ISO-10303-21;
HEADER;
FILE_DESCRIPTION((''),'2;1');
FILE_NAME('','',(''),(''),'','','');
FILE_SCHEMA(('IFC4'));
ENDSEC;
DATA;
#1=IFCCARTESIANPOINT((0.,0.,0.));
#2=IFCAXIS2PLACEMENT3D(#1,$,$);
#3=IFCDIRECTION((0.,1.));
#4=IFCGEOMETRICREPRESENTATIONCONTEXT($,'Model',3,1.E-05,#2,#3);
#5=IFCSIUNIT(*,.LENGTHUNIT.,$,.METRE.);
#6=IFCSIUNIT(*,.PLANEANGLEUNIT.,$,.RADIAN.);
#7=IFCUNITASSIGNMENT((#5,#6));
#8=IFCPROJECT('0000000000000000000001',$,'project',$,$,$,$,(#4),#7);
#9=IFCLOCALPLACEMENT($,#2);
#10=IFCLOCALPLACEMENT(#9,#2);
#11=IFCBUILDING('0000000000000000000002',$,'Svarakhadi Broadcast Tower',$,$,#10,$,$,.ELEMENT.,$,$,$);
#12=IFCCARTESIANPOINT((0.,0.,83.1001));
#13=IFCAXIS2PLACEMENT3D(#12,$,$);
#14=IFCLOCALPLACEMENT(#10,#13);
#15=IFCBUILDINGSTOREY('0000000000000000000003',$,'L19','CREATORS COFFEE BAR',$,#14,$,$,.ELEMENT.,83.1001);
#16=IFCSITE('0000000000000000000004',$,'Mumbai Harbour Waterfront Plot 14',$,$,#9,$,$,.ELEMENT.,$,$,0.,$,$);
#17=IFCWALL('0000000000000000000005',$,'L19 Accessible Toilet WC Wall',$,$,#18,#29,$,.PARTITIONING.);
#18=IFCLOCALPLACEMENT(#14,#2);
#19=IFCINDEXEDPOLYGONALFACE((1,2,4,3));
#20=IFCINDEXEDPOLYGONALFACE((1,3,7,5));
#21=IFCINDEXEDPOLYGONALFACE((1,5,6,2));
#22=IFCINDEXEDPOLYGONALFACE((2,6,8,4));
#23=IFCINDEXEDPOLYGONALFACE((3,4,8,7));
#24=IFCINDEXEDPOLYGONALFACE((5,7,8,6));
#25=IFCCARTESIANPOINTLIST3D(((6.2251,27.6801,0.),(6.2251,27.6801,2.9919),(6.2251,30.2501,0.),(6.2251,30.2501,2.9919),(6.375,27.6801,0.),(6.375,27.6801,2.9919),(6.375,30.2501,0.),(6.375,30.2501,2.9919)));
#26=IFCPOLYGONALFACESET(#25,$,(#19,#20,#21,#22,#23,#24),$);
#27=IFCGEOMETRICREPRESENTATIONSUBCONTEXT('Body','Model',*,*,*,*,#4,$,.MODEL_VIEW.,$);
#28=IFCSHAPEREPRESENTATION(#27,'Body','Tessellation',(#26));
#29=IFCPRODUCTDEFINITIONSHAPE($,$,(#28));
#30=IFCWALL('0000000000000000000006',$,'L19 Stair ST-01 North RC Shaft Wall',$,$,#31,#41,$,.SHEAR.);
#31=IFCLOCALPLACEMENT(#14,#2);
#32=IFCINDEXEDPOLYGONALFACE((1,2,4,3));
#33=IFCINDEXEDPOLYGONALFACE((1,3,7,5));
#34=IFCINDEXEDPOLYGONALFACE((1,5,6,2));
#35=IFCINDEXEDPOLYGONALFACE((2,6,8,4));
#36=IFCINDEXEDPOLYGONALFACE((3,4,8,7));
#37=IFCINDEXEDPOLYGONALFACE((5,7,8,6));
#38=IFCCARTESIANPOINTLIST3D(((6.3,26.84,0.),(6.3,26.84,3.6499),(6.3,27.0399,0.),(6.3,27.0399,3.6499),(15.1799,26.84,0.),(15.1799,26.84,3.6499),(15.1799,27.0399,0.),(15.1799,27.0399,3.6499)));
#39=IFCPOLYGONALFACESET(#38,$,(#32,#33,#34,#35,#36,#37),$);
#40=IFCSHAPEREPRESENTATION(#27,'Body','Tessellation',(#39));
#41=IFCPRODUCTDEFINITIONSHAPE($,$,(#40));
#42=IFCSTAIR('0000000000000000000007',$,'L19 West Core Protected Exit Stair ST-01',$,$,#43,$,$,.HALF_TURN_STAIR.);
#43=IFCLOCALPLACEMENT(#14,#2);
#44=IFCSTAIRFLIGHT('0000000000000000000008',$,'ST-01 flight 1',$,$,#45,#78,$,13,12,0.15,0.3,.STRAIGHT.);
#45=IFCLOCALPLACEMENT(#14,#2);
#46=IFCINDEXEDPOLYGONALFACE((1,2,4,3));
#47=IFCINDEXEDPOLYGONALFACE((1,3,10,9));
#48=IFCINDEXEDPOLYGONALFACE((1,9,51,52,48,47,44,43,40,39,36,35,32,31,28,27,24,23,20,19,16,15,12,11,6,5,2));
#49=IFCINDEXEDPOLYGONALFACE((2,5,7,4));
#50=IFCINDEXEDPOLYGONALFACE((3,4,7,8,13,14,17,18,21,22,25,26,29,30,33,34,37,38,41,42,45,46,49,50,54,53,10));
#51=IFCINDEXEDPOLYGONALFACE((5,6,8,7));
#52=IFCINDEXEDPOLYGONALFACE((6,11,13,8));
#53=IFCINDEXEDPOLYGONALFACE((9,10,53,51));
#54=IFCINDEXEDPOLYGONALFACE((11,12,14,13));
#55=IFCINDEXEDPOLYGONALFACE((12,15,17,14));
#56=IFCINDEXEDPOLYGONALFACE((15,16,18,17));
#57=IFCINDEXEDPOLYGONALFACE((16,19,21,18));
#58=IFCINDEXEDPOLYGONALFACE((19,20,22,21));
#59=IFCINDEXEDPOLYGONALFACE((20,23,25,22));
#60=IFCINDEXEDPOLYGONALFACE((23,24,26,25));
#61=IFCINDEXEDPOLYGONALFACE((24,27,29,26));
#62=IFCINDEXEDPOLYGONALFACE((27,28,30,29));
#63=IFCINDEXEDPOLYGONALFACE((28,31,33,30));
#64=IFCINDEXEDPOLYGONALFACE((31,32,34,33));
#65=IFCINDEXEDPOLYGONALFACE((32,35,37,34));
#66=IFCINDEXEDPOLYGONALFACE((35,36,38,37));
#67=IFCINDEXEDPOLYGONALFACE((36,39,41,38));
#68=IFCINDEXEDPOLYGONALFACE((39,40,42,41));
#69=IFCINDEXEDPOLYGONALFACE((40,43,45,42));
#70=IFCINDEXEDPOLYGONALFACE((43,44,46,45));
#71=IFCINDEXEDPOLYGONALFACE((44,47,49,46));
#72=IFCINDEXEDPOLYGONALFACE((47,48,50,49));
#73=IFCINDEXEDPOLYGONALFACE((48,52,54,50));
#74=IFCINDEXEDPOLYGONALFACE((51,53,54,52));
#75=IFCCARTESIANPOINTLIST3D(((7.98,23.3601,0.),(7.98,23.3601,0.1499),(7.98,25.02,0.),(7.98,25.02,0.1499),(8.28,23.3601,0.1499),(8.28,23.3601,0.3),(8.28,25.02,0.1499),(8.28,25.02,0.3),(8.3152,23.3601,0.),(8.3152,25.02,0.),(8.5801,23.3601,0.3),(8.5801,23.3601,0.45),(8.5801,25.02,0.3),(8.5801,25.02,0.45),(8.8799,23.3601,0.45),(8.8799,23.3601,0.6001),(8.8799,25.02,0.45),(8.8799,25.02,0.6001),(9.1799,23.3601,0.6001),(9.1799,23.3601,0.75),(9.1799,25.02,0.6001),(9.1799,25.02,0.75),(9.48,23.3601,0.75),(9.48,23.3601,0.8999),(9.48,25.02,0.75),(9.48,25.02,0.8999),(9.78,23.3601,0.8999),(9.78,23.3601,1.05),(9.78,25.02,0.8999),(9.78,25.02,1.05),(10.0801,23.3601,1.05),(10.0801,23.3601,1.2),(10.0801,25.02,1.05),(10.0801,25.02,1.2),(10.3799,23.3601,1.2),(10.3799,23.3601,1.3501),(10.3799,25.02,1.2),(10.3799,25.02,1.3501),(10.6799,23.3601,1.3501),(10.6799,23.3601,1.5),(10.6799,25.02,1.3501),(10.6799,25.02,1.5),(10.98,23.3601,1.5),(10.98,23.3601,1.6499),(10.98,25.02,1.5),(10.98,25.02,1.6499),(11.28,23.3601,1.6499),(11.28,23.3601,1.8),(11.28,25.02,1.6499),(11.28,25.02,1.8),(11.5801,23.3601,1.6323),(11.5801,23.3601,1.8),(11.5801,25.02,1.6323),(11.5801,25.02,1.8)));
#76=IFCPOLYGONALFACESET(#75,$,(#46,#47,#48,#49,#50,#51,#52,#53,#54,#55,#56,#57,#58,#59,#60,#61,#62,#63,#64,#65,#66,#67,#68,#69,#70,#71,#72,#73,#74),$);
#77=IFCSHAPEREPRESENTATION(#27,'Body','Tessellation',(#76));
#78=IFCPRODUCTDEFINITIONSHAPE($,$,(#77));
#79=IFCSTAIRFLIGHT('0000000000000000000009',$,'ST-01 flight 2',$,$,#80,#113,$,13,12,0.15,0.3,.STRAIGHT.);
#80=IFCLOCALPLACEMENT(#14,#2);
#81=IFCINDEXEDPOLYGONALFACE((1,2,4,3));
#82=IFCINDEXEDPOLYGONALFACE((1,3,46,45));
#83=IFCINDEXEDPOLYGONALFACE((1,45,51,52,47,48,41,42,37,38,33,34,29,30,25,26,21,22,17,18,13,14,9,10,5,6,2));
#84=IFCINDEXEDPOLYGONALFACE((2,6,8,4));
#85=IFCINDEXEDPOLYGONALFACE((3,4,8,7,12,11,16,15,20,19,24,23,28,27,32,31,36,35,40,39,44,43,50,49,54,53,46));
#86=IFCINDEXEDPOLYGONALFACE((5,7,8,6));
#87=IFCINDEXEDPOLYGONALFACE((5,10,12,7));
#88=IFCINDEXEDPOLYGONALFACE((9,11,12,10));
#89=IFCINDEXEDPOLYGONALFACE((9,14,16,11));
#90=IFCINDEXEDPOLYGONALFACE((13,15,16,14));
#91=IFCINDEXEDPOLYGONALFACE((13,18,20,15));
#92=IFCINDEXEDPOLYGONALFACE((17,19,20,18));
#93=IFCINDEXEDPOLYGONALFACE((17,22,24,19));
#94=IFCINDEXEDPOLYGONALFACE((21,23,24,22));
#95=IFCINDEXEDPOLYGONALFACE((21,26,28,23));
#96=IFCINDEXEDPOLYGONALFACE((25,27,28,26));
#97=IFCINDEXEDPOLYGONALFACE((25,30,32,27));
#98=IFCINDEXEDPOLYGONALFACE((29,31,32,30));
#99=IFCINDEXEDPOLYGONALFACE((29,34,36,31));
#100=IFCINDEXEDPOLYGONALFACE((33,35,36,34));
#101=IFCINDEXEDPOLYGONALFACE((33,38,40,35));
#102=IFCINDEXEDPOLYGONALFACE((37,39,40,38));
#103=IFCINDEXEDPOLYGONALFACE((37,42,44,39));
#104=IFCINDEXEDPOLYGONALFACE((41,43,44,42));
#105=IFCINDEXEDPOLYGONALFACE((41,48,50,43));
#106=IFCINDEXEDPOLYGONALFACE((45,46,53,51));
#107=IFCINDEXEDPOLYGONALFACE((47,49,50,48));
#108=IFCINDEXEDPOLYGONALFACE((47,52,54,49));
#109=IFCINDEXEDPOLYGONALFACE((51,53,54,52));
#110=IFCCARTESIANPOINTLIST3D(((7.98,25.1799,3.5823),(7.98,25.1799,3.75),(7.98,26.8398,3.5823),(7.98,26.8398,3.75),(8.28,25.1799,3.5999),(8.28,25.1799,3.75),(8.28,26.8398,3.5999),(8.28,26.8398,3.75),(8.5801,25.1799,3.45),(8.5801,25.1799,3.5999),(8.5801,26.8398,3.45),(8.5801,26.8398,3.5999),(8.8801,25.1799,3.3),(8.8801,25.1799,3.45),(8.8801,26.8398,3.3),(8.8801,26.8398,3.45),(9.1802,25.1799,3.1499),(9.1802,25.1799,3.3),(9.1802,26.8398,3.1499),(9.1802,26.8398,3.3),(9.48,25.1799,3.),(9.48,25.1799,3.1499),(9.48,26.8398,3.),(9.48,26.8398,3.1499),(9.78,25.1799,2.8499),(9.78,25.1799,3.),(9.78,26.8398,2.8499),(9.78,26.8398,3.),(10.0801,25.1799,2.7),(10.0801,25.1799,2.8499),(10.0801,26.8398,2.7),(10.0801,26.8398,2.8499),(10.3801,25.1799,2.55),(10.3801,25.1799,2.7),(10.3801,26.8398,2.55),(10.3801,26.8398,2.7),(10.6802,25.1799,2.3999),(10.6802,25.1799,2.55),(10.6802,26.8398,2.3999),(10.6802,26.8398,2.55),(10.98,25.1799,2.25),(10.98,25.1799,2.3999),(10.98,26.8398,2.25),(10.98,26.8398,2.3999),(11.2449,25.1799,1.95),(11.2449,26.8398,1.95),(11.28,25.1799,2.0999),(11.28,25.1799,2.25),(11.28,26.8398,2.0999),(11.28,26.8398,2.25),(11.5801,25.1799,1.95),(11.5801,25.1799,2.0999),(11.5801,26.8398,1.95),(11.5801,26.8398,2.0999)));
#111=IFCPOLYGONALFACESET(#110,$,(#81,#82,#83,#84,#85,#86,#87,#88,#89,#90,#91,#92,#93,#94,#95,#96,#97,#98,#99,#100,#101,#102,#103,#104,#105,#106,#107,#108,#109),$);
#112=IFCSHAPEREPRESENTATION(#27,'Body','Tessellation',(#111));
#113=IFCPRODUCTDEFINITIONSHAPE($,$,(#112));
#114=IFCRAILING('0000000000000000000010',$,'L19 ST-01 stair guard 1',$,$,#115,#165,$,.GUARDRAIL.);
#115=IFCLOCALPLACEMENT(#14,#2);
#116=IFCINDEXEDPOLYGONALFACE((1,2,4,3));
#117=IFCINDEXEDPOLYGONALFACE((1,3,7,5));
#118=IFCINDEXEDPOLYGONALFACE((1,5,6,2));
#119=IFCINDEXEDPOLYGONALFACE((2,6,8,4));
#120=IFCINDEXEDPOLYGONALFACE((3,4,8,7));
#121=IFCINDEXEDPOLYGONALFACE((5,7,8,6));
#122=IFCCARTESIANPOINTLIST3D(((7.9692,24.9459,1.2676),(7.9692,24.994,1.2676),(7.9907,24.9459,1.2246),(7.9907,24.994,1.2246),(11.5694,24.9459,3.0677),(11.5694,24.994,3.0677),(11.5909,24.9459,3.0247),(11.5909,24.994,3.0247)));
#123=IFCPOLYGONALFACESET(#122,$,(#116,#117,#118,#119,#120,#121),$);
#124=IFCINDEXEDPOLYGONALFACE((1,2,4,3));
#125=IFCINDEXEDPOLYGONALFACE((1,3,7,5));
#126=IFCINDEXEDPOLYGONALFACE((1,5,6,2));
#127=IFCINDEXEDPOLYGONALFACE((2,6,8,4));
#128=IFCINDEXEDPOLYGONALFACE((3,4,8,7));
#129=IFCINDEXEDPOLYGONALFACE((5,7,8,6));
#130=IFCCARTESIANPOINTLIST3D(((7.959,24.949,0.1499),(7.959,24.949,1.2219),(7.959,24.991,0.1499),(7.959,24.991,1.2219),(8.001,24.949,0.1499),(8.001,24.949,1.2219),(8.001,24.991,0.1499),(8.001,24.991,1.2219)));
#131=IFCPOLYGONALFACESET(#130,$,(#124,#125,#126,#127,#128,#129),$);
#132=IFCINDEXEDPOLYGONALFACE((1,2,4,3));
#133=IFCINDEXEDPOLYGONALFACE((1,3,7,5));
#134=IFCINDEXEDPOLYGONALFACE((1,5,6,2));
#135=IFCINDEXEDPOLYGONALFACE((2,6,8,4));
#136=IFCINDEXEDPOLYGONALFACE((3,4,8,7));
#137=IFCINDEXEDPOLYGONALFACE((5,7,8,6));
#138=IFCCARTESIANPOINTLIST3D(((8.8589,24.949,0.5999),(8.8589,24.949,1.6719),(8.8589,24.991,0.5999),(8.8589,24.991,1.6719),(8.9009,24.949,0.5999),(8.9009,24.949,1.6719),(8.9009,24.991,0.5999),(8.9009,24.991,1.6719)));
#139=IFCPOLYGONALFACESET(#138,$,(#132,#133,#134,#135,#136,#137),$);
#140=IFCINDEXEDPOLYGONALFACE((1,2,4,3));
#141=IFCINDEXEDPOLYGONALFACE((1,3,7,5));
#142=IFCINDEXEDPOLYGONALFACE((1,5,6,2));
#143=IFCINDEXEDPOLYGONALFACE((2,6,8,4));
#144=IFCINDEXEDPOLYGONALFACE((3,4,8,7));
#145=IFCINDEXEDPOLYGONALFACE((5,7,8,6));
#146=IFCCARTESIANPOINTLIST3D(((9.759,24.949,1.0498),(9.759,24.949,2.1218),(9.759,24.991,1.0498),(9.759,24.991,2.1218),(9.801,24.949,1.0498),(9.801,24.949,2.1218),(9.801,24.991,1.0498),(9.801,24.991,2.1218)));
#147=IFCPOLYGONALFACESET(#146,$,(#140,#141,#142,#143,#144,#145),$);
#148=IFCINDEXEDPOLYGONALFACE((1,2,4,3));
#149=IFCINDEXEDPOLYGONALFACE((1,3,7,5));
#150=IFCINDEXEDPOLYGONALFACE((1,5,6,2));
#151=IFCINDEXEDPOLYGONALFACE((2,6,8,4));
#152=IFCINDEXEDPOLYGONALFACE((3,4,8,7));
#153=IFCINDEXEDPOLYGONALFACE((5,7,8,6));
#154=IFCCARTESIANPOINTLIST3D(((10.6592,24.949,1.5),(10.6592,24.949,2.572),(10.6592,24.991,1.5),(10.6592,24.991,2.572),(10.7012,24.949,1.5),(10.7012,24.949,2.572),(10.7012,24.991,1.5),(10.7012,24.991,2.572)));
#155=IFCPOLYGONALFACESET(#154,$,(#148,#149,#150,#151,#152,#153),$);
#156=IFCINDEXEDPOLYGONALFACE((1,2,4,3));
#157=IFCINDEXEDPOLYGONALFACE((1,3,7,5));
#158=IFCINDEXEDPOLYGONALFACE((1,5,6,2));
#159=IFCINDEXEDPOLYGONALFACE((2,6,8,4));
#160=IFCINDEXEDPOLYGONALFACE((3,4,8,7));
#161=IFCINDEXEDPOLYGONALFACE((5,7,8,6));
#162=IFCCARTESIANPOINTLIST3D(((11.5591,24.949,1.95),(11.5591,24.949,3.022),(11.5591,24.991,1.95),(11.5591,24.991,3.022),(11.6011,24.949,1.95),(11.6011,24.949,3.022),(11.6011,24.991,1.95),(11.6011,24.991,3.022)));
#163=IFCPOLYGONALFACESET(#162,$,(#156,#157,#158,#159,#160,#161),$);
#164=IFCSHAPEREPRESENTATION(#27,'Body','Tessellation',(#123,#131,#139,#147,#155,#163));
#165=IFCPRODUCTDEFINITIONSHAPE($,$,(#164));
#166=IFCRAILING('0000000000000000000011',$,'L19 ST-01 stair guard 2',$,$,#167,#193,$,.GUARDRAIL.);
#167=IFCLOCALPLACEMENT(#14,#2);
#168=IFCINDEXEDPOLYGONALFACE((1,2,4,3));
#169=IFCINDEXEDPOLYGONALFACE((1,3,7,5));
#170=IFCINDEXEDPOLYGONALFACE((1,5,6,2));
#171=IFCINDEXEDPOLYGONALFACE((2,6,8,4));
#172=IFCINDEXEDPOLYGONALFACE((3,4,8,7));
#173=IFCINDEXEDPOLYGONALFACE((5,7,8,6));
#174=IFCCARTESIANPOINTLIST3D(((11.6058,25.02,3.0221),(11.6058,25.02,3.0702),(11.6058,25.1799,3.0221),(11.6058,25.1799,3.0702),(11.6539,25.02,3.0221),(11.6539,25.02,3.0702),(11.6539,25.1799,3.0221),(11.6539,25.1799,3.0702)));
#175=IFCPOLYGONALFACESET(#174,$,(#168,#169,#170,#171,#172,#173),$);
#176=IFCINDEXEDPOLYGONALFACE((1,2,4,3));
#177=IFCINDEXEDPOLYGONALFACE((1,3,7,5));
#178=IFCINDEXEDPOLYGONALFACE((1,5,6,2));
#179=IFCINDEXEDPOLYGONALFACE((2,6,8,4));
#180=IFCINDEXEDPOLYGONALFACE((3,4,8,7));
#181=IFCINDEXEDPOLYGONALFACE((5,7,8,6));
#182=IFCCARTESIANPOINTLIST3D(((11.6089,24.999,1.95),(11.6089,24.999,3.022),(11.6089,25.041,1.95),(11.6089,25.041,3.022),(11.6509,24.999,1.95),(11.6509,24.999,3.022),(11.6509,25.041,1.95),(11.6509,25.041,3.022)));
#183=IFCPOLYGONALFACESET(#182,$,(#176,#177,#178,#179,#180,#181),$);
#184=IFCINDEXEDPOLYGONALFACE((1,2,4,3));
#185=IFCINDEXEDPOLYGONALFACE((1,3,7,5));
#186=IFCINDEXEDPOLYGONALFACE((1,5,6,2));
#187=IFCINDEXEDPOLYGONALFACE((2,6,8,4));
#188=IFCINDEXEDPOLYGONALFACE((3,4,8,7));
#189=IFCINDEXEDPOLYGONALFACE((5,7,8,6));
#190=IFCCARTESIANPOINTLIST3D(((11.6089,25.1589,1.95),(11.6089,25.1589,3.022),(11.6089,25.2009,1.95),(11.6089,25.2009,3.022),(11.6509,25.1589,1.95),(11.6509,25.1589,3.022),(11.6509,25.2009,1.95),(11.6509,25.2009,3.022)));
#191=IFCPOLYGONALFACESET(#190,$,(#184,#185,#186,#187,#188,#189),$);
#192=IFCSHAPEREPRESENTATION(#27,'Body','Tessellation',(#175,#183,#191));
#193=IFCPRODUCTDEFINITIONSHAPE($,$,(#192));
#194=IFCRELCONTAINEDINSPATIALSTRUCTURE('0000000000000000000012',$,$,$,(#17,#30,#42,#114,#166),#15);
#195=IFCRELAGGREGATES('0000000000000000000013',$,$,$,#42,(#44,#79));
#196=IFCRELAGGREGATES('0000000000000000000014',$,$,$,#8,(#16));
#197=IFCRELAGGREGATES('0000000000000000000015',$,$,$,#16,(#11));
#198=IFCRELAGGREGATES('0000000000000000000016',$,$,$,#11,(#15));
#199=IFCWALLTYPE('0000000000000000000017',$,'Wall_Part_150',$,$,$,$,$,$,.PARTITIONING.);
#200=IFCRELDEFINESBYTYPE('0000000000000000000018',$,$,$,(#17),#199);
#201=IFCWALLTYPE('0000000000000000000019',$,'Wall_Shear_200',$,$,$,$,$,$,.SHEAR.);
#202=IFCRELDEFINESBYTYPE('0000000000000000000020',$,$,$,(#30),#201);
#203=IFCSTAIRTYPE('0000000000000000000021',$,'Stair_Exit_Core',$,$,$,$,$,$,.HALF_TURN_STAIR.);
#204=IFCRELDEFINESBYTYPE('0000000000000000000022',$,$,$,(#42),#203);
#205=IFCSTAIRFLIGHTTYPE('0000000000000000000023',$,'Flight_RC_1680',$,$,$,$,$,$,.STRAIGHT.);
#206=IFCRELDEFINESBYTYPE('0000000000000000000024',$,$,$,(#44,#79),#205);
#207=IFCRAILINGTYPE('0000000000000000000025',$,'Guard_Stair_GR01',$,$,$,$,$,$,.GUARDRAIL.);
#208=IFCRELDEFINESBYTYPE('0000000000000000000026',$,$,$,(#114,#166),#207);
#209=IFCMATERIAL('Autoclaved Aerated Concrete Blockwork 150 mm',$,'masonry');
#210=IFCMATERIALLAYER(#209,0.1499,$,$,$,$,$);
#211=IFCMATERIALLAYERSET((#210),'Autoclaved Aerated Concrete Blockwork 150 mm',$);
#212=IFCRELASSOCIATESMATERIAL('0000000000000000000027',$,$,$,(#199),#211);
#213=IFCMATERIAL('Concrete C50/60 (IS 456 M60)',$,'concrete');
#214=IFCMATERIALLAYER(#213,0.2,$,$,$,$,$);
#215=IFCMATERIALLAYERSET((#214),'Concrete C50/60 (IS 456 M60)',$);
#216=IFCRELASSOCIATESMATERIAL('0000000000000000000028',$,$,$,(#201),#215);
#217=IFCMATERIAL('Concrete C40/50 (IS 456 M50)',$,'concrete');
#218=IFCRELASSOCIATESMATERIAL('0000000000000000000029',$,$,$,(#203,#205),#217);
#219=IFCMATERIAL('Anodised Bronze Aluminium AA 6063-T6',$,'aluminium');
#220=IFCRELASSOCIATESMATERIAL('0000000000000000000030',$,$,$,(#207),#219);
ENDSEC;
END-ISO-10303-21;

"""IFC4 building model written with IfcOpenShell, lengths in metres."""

from ifc_helpers import new_model, si_unit, direction, frame, frame_2d, origin, origin_2d, place, context, subcontext, project, spatial, polyline, rectangle, outline, extrude, material, layer, layer_set, type_object, element, aggregate, save


model = new_model("IFC4")

# Units and contexts
model_context = context("Model", 3, precision=1e-05, world=origin(), true_north=direction((0.0, 1.0)))
body_context = subcontext(model_context, "Body", "Model", "MODEL_VIEW")
ifc_project = project(units=[si_unit("LENGTHUNIT", "METRE"), si_unit("PLANEANGLEUNIT", "RADIAN")], contexts=[model_context])

# Site, building, storey
site_placement = place(None, origin())
site = spatial("IfcSite", under=ifc_project, at=site_placement, Name="Mumbai Harbour Waterfront Plot 14", CompositionType="ELEMENT", RefElevation=0.0)
building_placement = place(site_placement, origin())
building = spatial("IfcBuilding", under=site, at=building_placement, Name="Svarakhadi Broadcast Tower", CompositionType="ELEMENT")
storey_placement = place(building_placement, frame((0.0, 0.0, 83.1001)))
storey = spatial("IfcBuildingStorey", under=building, at=storey_placement, Name="L19", Description="CREATORS COFFEE BAR", CompositionType="ELEMENT", Elevation=83.1001)

# Walls
ifc_material_1 = material(Name="Concrete C40/50 (IS 456 M50)", Category="concrete")
ifc_material_2 = material(Name="Autoclaved Aerated Concrete Blockwork 150 mm", Category="masonry")
ifc_layer_1 = layer(ifc_material_2, 0.1499)
ifc_layer_set_1 = layer_set([ifc_layer_1], Name="Autoclaved Aerated Concrete Blockwork 150 mm")
wall_type_1 = type_object("IfcWallType", Name="Wall_Part_150", PredefinedType="PARTITIONING", material=ifc_layer_set_1)
wall_1_placement = place(storey_placement, frame((6.3, 27.6799, 0.0), z_axis=(0.0, 0.0, 1.0), x_axis=(0.0, 1.0, 0.0)))
element("IfcWall", 1, at=wall_1_placement, inside=storey, type_object=wall_type_1, Name="L19 Accessible Toilet WC Wall", PredefinedType="PARTITIONING", context=body_context, shape_type="SweptSolid", body=[
    extrude(rectangle(XDim=2.5701, YDim=0.1499, at=frame_2d((1.2852, 0.0))), origin(), (0.0, 0.0, 1.0), 2.9919),
])
ifc_material_3 = material(Name="Concrete C50/60 (IS 456 M60)", Category="concrete")
ifc_layer_2 = layer(ifc_material_3, 0.2)
ifc_layer_set_2 = layer_set([ifc_layer_2], Name="Concrete C50/60 (IS 456 M60)")
wall_type_2 = type_object("IfcWallType", Name="Wall_Shear_200", PredefinedType="SHEAR", material=ifc_layer_set_2)
wall_2_placement = place(storey_placement, frame((6.3, 26.9399, 0.0), z_axis=(0.0, 0.0, 1.0), x_axis=(1.0, 0.0, 0.0)))
element("IfcWall", 2, at=wall_2_placement, inside=storey, type_object=wall_type_2, Name="L19 Stair ST-01 North RC Shaft Wall", PredefinedType="SHEAR", context=body_context, shape_type="SweptSolid", body=[
    extrude(rectangle(XDim=8.8799, YDim=0.2, at=frame_2d((4.4399, 0.0))), origin(), (0.0, 0.0, 1.0), 3.6499),
])

# Stair, stair flights
stair_type = type_object("IfcStairType", Name="Stair_Exit_Core", PredefinedType="HALF_TURN_STAIR", material=ifc_material_1)
stair_placement = place(storey_placement, origin())
stair = element("IfcStair", 3, at=stair_placement, inside=storey, type_object=stair_type, Name="L19 West Core Protected Exit Stair ST-01", PredefinedType="HALF_TURN_STAIR")
stair_flight_type = type_object("IfcStairFlightType", Name="Flight_RC_1680", PredefinedType="STRAIGHT", material=ifc_material_1)
stair_flight_1_placement = place(storey_placement, frame((7.98, 24.1899, 0.0), z_axis=(0.0, 0.0, 1.0), x_axis=(1.0, 0.0, 0.0)))
stair_flight_1 = element("IfcStairFlight", 4, at=stair_flight_1_placement, type_object=stair_flight_type, Name="ST-01 flight 1", NumberOfRisers=13, NumberOfTreads=12, PredefinedType="STRAIGHT", RiserHeight=0.15, TreadLength=0.3, context=body_context, shape_type="SweptSolid", body=[
    extrude(outline(polyline([(0.0, 0.0), (0.0, 0.1499), (0.3, 0.1499), (0.3, 0.3), (0.6001, 0.3), (0.6001, 0.45), (0.8999, 0.45), (0.8999, 0.6001), (1.2, 0.6001), (1.2, 0.75), (1.5, 0.75), (1.5, 0.8999), (1.8, 0.8999), (1.8, 1.05), (2.1001, 1.05), (2.1001, 1.2), (2.3999, 1.2), (2.3999, 1.3501), (2.7, 1.3501), (2.7, 1.5), (3.0, 1.5), (3.0, 1.6499), (3.3, 1.6499), (3.3, 1.8), (3.6001, 1.8), (3.6001, 1.95), (3.6001, 1.6323), (0.3352, 0.0), (0.0, 0.0)])), frame((0.0, 0.8301, 0.0), z_axis=(0.0, -1.0, 0.0), x_axis=(1.0, 0.0, 0.0)), (0.0, 0.0, 1.0), 1.6599),
])
stair_flight_2_placement = place(storey_placement, frame((11.5801, 26.01, 1.95), z_axis=(0.0, 0.0, 1.0), x_axis=(-1.0, 0.0, 0.0)))
stair_flight_2 = element("IfcStairFlight", 5, at=stair_flight_2_placement, type_object=stair_flight_type, Name="ST-01 flight 2", NumberOfRisers=13, NumberOfTreads=12, PredefinedType="STRAIGHT", RiserHeight=0.15, TreadLength=0.3, context=body_context, shape_type="SweptSolid", body=[
    extrude(outline(polyline([(0.0, 0.0), (0.0, 0.1499), (0.3, 0.1499), (0.3, 0.3), (0.6001, 0.3), (0.6001, 0.45), (0.8999, 0.45), (0.8999, 0.6001), (1.2, 0.6001), (1.2, 0.75), (1.5, 0.75), (1.5, 0.8999), (1.8, 0.8999), (1.8, 1.05), (2.1001, 1.05), (2.1001, 1.2), (2.3999, 1.2), (2.3999, 1.3501), (2.7, 1.3501), (2.7, 1.5), (3.0, 1.5), (3.0, 1.6499), (3.3, 1.6499), (3.3, 1.8), (3.6001, 1.8), (3.6001, 1.95), (3.6001, 1.6323), (0.3352, 0.0), (0.0, 0.0)])), frame((0.0, 0.8301, 0.0), z_axis=(0.0, -1.0, 0.0), x_axis=(1.0, 0.0, 0.0)), (0.0, 0.0, 1.0), 1.6599),
])
aggregate(stair, [stair_flight_1, stair_flight_2])

# Railings
ifc_material_4 = material(Name="Anodised Bronze Aluminium AA 6063-T6", Category="aluminium")
railing_type_1 = type_object("IfcRailingType", Name="Guard_Stair_GR01", PredefinedType="GUARDRAIL", material=ifc_material_4)
railing_1_placement = place(storey_placement, frame((7.98, 24.97, 0.1499)))
element("IfcRailing", 6, at=railing_1_placement, inside=storey, type_object=railing_type_1, Name="L19 ST-01 stair guard 1", PredefinedType="GUARDRAIL", context=body_context, shape_type="SweptSolid", body=[
    extrude(rectangle(XDim=0.0481, YDim=0.0481, at=origin_2d()), frame((0.0, 0.0, 1.0962), z_axis=(0.894427, 0.0, 0.447214), x_axis=(0.0, 1.0, 0.0)), (0.0, 0.0, 1.0), 4.0251),
    extrude(rectangle(XDim=0.042, YDim=0.042, at=origin_2d()), origin(), (0.0, 0.0, 1.0), 1.072),
    extrude(rectangle(XDim=0.042, YDim=0.042, at=origin_2d()), frame((0.8999, 0.0, 0.45)), (0.0, 0.0, 1.0), 1.072),
    extrude(rectangle(XDim=0.042, YDim=0.042, at=origin_2d()), frame((1.8, 0.0, 0.8999)), (0.0, 0.0, 1.0), 1.072),
    extrude(rectangle(XDim=0.042, YDim=0.042, at=origin_2d()), frame((2.7002, 0.0, 1.3501)), (0.0, 0.0, 1.0), 1.072),
    extrude(rectangle(XDim=0.042, YDim=0.042, at=origin_2d()), frame((3.6001, 0.0, 1.8)), (0.0, 0.0, 1.0), 1.072),
])
railing_2_placement = place(storey_placement, frame((11.6299, 25.02, 1.95)))
element("IfcRailing", 7, at=railing_2_placement, inside=storey, type_object=railing_type_1, Name="L19 ST-01 stair guard 2", PredefinedType="GUARDRAIL", context=body_context, shape_type="SweptSolid", body=[
    extrude(rectangle(XDim=0.0481, YDim=0.0481, at=origin_2d()), frame((0.0, 0.0, 1.0962), z_axis=(0.0, 1.0, 0.0), x_axis=(-1.0, 0.0, 0.0)), (0.0, 0.0, 1.0), 0.1599),
    extrude(rectangle(XDim=0.042, YDim=0.042, at=origin_2d()), origin(), (0.0, 0.0, 1.0), 1.072),
    extrude(rectangle(XDim=0.042, YDim=0.042, at=origin_2d()), frame((0.0, 0.1599, 0.0)), (0.0, 0.0, 1.0), 1.072),
])

save(model, "model.ifc")
